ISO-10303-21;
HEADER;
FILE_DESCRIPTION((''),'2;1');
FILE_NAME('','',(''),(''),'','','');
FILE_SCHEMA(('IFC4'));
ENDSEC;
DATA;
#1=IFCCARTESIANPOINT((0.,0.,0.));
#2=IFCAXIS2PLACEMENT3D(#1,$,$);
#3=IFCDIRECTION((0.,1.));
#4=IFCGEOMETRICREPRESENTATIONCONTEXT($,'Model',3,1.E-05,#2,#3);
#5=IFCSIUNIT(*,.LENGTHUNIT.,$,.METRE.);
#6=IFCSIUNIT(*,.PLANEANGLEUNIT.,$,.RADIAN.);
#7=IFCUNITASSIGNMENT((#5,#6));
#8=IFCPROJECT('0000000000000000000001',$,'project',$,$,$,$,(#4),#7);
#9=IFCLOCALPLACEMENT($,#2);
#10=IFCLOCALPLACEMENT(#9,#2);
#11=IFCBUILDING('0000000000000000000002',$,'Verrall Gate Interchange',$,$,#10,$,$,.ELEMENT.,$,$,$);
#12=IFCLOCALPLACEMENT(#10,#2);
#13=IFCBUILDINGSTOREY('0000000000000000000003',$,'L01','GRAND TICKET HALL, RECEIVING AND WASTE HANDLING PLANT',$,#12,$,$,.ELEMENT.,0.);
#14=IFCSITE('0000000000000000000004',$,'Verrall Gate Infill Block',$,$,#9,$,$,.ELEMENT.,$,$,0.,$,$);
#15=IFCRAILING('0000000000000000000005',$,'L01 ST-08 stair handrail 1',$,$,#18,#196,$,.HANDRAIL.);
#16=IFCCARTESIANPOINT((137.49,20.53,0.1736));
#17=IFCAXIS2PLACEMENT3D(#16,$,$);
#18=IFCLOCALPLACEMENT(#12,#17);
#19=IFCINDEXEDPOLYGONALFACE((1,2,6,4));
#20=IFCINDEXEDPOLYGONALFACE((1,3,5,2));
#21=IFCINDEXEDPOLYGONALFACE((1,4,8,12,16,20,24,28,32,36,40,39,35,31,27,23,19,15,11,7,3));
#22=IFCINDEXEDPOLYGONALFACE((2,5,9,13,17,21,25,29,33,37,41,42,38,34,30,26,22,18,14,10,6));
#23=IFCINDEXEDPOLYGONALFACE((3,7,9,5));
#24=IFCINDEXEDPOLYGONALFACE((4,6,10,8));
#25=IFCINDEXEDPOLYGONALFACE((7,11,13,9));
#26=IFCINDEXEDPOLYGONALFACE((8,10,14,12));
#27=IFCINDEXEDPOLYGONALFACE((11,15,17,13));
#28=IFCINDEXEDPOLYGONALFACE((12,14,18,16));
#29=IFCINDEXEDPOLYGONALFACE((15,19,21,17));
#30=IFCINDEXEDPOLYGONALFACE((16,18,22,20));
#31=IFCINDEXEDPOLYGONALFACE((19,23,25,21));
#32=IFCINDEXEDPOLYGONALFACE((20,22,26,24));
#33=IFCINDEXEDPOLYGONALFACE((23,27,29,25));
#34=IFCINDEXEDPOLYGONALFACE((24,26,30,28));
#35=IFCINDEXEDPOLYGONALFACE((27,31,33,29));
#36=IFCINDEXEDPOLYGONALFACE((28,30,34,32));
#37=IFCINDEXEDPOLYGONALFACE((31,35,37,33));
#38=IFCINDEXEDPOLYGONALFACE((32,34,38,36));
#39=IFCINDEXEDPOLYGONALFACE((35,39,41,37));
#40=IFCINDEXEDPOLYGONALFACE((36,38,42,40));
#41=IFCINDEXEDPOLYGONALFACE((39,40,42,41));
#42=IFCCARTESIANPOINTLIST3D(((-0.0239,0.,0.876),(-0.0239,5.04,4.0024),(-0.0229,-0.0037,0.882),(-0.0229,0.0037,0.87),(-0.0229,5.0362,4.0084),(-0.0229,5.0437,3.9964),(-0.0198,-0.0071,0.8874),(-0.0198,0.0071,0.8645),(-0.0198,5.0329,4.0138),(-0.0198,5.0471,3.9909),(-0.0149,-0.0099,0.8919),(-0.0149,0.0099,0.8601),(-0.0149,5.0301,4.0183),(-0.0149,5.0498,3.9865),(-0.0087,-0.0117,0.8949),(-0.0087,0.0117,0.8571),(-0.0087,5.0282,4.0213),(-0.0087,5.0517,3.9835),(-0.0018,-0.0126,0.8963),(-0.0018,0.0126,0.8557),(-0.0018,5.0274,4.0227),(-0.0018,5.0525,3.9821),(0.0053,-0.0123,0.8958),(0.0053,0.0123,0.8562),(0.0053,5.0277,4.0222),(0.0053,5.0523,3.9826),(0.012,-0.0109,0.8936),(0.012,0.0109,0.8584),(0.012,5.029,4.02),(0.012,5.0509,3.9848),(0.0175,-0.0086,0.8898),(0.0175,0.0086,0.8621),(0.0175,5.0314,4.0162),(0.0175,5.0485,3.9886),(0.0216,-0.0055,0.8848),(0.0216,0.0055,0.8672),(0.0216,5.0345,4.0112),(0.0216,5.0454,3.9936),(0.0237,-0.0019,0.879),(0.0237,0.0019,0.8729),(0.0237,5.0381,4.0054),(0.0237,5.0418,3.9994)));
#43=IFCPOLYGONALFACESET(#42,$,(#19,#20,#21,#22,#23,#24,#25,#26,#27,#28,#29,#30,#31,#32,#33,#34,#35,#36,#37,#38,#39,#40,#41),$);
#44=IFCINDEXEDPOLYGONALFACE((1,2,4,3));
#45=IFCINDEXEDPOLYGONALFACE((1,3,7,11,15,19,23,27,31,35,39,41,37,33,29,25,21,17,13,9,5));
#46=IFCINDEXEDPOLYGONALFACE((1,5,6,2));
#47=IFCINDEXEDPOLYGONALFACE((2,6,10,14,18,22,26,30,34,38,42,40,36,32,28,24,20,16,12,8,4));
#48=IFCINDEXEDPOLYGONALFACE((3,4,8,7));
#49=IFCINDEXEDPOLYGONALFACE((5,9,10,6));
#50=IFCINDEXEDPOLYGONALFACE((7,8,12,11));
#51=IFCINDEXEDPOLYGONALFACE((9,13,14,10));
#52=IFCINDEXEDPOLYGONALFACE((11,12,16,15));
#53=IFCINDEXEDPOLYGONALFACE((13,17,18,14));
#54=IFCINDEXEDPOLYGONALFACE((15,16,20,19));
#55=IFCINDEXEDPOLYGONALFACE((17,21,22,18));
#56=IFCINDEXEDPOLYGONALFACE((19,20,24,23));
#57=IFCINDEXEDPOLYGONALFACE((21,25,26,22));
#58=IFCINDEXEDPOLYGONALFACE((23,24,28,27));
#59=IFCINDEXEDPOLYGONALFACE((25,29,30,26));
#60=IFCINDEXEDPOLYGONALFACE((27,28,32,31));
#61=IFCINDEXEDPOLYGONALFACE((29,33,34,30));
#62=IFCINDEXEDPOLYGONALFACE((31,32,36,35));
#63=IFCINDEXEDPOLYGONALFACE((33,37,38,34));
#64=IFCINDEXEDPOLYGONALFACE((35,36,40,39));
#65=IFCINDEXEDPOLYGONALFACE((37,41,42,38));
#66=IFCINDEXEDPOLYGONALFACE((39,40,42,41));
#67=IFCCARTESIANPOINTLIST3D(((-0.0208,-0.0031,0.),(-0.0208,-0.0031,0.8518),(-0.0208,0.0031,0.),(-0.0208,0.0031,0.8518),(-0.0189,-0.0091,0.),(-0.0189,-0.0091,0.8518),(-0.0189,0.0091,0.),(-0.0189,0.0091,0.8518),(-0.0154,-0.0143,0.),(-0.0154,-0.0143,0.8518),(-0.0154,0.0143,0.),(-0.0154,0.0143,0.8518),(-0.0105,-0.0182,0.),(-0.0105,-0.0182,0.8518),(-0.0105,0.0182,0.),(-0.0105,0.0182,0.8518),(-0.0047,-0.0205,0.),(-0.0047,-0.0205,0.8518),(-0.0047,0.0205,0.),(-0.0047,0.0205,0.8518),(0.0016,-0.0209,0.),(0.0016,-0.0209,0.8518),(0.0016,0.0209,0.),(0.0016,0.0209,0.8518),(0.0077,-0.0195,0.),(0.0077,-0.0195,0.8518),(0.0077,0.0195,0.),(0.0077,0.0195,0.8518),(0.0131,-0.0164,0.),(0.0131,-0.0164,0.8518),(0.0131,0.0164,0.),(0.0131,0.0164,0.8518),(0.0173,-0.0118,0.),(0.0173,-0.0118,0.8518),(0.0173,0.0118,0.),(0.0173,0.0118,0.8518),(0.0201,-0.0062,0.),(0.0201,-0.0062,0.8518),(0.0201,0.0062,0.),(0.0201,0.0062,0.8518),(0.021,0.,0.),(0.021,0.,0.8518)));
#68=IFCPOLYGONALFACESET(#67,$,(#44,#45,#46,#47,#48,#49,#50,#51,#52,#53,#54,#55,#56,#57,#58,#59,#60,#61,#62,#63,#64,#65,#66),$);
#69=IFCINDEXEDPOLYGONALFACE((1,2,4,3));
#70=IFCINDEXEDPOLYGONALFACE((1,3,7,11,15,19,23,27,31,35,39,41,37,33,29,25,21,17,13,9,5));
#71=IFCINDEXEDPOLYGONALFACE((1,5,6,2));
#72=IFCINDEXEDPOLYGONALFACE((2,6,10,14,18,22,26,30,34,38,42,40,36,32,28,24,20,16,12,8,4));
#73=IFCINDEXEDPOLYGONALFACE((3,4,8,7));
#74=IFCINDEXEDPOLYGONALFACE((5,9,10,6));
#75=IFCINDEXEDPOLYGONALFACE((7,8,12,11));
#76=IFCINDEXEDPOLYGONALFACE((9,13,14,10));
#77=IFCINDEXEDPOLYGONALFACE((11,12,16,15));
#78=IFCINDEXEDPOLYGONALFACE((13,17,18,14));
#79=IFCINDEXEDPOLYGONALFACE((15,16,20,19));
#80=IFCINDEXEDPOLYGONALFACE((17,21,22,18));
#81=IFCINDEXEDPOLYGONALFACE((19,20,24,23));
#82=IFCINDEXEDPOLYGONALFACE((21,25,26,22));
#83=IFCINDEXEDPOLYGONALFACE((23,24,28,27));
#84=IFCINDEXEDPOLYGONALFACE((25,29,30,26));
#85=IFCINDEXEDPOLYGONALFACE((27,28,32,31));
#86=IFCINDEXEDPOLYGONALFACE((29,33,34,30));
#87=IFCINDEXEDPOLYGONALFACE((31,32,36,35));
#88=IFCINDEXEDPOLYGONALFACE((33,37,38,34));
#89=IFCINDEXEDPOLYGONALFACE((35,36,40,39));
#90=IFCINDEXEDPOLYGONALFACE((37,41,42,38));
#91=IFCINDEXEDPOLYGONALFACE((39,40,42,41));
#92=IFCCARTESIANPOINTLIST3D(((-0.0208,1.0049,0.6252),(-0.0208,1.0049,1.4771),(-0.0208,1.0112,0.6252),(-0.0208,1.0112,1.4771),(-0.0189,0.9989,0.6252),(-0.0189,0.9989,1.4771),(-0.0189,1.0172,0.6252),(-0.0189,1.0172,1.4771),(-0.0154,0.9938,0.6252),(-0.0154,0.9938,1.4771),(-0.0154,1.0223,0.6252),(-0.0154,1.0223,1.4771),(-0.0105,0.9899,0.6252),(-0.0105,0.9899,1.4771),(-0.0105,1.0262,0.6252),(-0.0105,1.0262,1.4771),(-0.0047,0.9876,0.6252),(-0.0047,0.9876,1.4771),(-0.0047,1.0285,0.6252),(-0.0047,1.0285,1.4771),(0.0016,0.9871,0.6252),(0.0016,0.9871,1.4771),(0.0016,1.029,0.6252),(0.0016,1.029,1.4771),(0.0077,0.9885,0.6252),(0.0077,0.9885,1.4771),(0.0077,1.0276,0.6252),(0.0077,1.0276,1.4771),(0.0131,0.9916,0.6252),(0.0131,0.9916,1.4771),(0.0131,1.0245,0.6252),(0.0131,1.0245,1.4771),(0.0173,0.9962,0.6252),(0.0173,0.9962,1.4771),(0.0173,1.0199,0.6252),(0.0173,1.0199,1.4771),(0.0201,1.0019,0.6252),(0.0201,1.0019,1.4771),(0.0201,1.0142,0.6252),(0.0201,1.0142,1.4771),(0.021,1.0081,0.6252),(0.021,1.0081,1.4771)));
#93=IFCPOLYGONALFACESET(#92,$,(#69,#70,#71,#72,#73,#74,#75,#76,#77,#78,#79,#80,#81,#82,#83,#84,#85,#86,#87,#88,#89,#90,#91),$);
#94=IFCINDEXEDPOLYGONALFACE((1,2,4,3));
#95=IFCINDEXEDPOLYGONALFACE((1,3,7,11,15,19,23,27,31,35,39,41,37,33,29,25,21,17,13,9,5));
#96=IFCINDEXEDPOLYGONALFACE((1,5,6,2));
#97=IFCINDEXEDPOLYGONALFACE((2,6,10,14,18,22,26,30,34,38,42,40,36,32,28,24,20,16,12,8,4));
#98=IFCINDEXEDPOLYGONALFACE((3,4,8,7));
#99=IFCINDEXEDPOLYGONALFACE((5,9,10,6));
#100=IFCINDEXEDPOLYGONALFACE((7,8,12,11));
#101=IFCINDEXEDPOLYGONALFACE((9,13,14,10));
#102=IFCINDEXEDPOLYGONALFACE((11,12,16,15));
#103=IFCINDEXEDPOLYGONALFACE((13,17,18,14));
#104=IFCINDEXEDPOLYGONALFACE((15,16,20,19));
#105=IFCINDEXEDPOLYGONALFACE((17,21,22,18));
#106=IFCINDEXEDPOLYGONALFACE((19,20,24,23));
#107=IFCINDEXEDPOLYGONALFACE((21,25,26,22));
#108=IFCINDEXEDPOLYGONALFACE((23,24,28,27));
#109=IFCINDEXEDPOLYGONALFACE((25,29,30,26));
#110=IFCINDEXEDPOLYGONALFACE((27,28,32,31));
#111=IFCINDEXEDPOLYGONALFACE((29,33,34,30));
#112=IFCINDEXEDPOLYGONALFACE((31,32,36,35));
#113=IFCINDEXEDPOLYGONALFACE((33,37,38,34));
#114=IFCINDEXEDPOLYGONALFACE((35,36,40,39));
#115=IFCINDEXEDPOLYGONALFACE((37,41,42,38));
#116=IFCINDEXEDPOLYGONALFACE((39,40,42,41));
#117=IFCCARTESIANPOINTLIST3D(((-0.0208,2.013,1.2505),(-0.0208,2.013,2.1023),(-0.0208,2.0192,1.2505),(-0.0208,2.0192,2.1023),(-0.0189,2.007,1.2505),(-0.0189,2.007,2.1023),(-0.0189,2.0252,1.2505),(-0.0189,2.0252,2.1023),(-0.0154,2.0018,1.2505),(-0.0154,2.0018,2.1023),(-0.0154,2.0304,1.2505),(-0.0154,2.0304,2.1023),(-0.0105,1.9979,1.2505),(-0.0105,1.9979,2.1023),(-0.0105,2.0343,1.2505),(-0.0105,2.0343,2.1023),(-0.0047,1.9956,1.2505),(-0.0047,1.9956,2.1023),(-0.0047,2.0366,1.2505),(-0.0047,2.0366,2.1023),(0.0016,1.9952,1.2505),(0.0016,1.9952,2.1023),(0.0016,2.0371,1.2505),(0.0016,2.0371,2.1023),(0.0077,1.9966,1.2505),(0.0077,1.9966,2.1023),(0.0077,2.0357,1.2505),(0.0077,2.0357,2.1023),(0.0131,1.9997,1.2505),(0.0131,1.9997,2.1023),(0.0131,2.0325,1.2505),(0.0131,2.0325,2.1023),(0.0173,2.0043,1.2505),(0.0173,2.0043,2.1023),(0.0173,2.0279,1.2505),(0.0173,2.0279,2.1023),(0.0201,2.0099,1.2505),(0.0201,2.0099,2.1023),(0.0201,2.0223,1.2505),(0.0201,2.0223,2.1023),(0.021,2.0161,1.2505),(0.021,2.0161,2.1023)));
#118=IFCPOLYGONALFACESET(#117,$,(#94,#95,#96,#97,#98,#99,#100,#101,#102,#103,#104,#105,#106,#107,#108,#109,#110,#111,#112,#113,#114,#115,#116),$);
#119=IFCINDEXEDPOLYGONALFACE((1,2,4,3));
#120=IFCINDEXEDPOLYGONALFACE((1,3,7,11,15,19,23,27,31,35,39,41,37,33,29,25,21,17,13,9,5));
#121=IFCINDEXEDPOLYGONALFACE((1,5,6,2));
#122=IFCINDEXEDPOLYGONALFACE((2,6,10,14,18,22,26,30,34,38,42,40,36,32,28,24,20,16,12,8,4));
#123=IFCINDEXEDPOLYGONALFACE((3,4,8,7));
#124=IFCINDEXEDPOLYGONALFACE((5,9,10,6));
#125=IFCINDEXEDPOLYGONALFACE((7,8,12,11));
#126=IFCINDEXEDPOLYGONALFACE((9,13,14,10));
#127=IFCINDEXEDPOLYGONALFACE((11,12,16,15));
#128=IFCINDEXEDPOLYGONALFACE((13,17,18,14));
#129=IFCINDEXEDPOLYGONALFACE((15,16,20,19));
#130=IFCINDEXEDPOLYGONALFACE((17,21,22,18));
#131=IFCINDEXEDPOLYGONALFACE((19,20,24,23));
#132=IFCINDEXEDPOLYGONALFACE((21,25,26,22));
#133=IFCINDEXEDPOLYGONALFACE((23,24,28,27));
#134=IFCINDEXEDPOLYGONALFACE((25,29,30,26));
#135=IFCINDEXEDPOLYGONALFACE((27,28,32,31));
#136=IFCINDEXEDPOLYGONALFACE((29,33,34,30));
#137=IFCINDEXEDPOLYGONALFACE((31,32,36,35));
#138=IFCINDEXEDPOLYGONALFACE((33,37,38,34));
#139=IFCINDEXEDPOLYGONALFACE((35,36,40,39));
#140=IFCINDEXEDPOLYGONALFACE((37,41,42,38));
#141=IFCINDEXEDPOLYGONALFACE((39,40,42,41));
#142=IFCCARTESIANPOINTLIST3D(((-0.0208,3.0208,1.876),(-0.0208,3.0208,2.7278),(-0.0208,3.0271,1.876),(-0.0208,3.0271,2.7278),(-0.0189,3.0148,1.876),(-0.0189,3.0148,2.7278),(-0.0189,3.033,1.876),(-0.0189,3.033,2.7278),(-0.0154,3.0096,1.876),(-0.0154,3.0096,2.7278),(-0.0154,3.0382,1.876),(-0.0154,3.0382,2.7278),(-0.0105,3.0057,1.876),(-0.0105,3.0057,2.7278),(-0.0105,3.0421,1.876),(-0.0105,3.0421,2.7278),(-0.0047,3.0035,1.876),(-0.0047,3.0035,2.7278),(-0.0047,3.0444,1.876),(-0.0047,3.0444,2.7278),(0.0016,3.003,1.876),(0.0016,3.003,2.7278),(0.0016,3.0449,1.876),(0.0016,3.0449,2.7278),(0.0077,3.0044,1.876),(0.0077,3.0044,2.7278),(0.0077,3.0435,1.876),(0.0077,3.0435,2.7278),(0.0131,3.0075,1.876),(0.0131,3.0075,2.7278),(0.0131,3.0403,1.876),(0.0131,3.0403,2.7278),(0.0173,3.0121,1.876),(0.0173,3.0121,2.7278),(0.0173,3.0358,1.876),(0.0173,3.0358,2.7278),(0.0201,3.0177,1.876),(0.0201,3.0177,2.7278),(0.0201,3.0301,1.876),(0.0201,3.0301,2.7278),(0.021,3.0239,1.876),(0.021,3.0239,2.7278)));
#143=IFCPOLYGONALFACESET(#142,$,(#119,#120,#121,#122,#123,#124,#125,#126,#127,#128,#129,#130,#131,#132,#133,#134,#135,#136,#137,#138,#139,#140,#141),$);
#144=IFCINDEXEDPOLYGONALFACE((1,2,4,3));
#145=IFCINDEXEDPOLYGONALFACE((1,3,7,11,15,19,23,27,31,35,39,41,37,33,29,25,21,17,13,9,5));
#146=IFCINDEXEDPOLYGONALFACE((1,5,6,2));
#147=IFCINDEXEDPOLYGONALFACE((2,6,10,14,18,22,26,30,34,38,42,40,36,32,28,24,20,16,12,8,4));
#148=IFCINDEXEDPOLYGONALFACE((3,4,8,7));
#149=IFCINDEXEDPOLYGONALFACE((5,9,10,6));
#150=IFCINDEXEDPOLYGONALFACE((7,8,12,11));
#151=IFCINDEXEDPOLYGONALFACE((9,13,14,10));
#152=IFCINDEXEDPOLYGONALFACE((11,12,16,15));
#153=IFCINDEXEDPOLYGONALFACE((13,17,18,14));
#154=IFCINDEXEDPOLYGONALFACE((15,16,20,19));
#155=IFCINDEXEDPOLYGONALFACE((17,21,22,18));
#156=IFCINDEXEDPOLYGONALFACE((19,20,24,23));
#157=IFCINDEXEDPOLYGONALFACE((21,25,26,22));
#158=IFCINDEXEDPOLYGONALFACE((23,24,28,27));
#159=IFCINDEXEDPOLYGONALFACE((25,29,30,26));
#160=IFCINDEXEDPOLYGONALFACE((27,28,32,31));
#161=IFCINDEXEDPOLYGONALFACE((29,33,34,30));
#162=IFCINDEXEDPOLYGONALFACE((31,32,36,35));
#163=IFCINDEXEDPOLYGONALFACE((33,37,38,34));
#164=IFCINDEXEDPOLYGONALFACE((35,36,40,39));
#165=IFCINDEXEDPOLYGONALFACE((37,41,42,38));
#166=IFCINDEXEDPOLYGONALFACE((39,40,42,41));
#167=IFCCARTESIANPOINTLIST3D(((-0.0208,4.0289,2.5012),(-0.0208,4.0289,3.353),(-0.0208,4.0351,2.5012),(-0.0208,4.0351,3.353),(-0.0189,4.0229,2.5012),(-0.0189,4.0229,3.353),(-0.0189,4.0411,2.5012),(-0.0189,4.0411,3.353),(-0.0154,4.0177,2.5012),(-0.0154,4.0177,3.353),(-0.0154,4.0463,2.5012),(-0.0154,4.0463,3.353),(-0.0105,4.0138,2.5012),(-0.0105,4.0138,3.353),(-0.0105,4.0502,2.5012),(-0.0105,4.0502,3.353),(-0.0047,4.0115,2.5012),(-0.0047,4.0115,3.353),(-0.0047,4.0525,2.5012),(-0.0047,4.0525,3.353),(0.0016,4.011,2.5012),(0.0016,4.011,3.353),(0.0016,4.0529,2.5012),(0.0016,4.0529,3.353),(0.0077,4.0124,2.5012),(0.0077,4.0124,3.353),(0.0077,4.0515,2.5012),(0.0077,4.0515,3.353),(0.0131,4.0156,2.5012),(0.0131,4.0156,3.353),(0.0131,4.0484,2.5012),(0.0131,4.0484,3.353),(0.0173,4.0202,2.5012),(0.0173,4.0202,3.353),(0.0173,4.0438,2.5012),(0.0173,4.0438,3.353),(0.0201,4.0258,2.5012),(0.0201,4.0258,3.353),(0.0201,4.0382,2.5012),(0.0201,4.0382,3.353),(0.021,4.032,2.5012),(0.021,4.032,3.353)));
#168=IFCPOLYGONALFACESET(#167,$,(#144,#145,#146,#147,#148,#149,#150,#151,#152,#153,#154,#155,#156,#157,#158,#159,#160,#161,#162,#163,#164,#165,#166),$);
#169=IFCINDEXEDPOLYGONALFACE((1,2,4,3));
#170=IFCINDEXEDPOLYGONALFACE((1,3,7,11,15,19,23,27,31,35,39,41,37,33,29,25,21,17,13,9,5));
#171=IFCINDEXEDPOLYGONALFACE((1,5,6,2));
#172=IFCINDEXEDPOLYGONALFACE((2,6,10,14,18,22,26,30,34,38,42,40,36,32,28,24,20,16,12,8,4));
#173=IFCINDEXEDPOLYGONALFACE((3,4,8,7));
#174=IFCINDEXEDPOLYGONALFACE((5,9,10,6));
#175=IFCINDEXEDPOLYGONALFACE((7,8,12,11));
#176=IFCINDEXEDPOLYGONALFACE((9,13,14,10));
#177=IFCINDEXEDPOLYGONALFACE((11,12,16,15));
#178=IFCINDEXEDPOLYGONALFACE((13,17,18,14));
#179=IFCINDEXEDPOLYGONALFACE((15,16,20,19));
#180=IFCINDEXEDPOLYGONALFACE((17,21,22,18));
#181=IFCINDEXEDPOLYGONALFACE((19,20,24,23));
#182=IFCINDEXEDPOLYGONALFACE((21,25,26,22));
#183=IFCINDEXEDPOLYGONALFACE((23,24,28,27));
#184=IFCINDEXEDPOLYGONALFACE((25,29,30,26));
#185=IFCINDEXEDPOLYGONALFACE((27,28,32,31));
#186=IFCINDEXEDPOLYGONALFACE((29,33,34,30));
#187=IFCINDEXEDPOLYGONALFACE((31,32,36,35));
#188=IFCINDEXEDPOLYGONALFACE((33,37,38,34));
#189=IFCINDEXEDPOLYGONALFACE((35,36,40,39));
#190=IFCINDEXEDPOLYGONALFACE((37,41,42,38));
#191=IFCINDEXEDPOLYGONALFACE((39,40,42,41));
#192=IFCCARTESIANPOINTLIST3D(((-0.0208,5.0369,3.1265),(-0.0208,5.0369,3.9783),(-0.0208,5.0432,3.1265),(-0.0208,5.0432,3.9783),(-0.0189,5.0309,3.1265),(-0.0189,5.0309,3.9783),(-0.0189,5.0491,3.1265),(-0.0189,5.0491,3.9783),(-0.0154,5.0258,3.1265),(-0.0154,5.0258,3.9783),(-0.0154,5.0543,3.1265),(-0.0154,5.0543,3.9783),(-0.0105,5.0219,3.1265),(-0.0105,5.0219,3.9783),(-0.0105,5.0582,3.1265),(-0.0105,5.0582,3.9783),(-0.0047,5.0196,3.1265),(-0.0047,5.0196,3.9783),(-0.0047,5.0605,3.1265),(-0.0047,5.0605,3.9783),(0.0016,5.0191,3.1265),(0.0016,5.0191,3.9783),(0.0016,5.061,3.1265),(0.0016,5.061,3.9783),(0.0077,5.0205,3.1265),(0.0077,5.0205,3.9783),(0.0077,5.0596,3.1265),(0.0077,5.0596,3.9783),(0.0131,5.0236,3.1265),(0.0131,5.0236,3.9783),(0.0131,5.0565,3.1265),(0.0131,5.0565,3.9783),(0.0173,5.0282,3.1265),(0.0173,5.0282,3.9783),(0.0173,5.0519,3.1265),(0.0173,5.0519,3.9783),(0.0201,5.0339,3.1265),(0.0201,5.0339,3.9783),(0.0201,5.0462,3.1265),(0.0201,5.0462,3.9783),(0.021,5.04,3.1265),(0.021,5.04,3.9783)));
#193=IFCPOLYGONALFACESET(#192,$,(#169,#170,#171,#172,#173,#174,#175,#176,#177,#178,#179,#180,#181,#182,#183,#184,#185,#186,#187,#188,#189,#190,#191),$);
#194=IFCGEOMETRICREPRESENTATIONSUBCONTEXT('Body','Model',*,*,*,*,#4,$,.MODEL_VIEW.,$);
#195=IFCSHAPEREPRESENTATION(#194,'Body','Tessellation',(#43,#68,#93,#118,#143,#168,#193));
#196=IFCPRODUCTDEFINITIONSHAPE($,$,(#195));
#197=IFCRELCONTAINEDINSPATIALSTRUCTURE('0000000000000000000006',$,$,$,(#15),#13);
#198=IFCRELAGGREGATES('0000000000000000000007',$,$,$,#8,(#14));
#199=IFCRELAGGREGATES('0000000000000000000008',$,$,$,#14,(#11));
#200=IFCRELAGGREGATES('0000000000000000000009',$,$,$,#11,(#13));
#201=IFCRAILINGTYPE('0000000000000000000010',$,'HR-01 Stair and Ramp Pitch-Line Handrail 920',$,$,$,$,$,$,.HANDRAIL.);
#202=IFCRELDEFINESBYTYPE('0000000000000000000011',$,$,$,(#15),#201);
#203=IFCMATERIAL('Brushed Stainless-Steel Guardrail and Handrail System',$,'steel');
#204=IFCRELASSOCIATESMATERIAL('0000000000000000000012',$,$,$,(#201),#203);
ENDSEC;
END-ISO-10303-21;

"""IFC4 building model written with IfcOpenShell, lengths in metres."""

from ifc_helpers import new_model, si_unit, direction, frame, origin, origin_2d, place, context, subcontext, project, spatial, circle, extrude, material, type_object, element, save


model = new_model("IFC4")

# Units and contexts
model_context = context("Model", 3, precision=1e-05, world=origin(), true_north=direction((0.0, 1.0)))
body_context = subcontext(model_context, "Body", "Model", "MODEL_VIEW")
ifc_project = project(units=[si_unit("LENGTHUNIT", "METRE"), si_unit("PLANEANGLEUNIT", "RADIAN")], contexts=[model_context])

# Site, building, storey
site_placement = place(None, origin())
site = spatial("IfcSite", under=ifc_project, at=site_placement, Name="Verrall Gate Infill Block", CompositionType="ELEMENT", RefElevation=0.0)
building_placement = place(site_placement, origin())
building = spatial("IfcBuilding", under=site, at=building_placement, Name="Verrall Gate Interchange", CompositionType="ELEMENT")
storey_placement = place(building_placement, origin())
storey = spatial("IfcBuildingStorey", under=building, at=storey_placement, Name="L01", Description="GRAND TICKET HALL, RECEIVING AND WASTE HANDLING PLANT", CompositionType="ELEMENT", Elevation=0.0)

# Railing
ifc_material_1 = material(Name="Brushed Stainless-Steel Guardrail and Handrail System", Category="steel")
railing_type_1 = type_object("IfcRailingType", Name="HR-01 Stair and Ramp Pitch-Line Handrail 920", PredefinedType="HANDRAIL", material=ifc_material_1)
railing_1_placement = place(storey_placement, frame((137.49, 20.53, 0.1736)))
element("IfcRailing", 1, at=railing_1_placement, inside=storey, type_object=railing_type_1, Name="L01 ST-08 stair handrail 1", PredefinedType="HANDRAIL", context=body_context, shape_type="SweptSolid", body=[
    extrude(circle(Radius=0.0239, at=origin_2d()), frame((0.0, 0.0, 0.876), z_axis=(0.0, 0.849779, 0.527139), x_axis=(-1.0, 0.0, 0.0)), (0.0, 0.0, 1.0), 5.9309),
    extrude(circle(Radius=0.021, at=origin_2d()), origin(), (0.0, 0.0, 1.0), 0.8518),
    extrude(circle(Radius=0.021, at=origin_2d()), frame((0.0, 1.0081, 0.6252)), (0.0, 0.0, 1.0), 0.8518),
    extrude(circle(Radius=0.021, at=origin_2d()), frame((0.0, 2.0161, 1.2505)), (0.0, 0.0, 1.0), 0.8518),
    extrude(circle(Radius=0.021, at=origin_2d()), frame((0.0, 3.0239, 1.876)), (0.0, 0.0, 1.0), 0.8518),
    extrude(circle(Radius=0.021, at=origin_2d()), frame((0.0, 4.032, 2.5012)), (0.0, 0.0, 1.0), 0.8518),
    extrude(circle(Radius=0.021, at=origin_2d()), frame((0.0, 5.04, 3.1265)), (0.0, 0.0, 1.0), 0.8518),
])

save(model, "model.ifc")
